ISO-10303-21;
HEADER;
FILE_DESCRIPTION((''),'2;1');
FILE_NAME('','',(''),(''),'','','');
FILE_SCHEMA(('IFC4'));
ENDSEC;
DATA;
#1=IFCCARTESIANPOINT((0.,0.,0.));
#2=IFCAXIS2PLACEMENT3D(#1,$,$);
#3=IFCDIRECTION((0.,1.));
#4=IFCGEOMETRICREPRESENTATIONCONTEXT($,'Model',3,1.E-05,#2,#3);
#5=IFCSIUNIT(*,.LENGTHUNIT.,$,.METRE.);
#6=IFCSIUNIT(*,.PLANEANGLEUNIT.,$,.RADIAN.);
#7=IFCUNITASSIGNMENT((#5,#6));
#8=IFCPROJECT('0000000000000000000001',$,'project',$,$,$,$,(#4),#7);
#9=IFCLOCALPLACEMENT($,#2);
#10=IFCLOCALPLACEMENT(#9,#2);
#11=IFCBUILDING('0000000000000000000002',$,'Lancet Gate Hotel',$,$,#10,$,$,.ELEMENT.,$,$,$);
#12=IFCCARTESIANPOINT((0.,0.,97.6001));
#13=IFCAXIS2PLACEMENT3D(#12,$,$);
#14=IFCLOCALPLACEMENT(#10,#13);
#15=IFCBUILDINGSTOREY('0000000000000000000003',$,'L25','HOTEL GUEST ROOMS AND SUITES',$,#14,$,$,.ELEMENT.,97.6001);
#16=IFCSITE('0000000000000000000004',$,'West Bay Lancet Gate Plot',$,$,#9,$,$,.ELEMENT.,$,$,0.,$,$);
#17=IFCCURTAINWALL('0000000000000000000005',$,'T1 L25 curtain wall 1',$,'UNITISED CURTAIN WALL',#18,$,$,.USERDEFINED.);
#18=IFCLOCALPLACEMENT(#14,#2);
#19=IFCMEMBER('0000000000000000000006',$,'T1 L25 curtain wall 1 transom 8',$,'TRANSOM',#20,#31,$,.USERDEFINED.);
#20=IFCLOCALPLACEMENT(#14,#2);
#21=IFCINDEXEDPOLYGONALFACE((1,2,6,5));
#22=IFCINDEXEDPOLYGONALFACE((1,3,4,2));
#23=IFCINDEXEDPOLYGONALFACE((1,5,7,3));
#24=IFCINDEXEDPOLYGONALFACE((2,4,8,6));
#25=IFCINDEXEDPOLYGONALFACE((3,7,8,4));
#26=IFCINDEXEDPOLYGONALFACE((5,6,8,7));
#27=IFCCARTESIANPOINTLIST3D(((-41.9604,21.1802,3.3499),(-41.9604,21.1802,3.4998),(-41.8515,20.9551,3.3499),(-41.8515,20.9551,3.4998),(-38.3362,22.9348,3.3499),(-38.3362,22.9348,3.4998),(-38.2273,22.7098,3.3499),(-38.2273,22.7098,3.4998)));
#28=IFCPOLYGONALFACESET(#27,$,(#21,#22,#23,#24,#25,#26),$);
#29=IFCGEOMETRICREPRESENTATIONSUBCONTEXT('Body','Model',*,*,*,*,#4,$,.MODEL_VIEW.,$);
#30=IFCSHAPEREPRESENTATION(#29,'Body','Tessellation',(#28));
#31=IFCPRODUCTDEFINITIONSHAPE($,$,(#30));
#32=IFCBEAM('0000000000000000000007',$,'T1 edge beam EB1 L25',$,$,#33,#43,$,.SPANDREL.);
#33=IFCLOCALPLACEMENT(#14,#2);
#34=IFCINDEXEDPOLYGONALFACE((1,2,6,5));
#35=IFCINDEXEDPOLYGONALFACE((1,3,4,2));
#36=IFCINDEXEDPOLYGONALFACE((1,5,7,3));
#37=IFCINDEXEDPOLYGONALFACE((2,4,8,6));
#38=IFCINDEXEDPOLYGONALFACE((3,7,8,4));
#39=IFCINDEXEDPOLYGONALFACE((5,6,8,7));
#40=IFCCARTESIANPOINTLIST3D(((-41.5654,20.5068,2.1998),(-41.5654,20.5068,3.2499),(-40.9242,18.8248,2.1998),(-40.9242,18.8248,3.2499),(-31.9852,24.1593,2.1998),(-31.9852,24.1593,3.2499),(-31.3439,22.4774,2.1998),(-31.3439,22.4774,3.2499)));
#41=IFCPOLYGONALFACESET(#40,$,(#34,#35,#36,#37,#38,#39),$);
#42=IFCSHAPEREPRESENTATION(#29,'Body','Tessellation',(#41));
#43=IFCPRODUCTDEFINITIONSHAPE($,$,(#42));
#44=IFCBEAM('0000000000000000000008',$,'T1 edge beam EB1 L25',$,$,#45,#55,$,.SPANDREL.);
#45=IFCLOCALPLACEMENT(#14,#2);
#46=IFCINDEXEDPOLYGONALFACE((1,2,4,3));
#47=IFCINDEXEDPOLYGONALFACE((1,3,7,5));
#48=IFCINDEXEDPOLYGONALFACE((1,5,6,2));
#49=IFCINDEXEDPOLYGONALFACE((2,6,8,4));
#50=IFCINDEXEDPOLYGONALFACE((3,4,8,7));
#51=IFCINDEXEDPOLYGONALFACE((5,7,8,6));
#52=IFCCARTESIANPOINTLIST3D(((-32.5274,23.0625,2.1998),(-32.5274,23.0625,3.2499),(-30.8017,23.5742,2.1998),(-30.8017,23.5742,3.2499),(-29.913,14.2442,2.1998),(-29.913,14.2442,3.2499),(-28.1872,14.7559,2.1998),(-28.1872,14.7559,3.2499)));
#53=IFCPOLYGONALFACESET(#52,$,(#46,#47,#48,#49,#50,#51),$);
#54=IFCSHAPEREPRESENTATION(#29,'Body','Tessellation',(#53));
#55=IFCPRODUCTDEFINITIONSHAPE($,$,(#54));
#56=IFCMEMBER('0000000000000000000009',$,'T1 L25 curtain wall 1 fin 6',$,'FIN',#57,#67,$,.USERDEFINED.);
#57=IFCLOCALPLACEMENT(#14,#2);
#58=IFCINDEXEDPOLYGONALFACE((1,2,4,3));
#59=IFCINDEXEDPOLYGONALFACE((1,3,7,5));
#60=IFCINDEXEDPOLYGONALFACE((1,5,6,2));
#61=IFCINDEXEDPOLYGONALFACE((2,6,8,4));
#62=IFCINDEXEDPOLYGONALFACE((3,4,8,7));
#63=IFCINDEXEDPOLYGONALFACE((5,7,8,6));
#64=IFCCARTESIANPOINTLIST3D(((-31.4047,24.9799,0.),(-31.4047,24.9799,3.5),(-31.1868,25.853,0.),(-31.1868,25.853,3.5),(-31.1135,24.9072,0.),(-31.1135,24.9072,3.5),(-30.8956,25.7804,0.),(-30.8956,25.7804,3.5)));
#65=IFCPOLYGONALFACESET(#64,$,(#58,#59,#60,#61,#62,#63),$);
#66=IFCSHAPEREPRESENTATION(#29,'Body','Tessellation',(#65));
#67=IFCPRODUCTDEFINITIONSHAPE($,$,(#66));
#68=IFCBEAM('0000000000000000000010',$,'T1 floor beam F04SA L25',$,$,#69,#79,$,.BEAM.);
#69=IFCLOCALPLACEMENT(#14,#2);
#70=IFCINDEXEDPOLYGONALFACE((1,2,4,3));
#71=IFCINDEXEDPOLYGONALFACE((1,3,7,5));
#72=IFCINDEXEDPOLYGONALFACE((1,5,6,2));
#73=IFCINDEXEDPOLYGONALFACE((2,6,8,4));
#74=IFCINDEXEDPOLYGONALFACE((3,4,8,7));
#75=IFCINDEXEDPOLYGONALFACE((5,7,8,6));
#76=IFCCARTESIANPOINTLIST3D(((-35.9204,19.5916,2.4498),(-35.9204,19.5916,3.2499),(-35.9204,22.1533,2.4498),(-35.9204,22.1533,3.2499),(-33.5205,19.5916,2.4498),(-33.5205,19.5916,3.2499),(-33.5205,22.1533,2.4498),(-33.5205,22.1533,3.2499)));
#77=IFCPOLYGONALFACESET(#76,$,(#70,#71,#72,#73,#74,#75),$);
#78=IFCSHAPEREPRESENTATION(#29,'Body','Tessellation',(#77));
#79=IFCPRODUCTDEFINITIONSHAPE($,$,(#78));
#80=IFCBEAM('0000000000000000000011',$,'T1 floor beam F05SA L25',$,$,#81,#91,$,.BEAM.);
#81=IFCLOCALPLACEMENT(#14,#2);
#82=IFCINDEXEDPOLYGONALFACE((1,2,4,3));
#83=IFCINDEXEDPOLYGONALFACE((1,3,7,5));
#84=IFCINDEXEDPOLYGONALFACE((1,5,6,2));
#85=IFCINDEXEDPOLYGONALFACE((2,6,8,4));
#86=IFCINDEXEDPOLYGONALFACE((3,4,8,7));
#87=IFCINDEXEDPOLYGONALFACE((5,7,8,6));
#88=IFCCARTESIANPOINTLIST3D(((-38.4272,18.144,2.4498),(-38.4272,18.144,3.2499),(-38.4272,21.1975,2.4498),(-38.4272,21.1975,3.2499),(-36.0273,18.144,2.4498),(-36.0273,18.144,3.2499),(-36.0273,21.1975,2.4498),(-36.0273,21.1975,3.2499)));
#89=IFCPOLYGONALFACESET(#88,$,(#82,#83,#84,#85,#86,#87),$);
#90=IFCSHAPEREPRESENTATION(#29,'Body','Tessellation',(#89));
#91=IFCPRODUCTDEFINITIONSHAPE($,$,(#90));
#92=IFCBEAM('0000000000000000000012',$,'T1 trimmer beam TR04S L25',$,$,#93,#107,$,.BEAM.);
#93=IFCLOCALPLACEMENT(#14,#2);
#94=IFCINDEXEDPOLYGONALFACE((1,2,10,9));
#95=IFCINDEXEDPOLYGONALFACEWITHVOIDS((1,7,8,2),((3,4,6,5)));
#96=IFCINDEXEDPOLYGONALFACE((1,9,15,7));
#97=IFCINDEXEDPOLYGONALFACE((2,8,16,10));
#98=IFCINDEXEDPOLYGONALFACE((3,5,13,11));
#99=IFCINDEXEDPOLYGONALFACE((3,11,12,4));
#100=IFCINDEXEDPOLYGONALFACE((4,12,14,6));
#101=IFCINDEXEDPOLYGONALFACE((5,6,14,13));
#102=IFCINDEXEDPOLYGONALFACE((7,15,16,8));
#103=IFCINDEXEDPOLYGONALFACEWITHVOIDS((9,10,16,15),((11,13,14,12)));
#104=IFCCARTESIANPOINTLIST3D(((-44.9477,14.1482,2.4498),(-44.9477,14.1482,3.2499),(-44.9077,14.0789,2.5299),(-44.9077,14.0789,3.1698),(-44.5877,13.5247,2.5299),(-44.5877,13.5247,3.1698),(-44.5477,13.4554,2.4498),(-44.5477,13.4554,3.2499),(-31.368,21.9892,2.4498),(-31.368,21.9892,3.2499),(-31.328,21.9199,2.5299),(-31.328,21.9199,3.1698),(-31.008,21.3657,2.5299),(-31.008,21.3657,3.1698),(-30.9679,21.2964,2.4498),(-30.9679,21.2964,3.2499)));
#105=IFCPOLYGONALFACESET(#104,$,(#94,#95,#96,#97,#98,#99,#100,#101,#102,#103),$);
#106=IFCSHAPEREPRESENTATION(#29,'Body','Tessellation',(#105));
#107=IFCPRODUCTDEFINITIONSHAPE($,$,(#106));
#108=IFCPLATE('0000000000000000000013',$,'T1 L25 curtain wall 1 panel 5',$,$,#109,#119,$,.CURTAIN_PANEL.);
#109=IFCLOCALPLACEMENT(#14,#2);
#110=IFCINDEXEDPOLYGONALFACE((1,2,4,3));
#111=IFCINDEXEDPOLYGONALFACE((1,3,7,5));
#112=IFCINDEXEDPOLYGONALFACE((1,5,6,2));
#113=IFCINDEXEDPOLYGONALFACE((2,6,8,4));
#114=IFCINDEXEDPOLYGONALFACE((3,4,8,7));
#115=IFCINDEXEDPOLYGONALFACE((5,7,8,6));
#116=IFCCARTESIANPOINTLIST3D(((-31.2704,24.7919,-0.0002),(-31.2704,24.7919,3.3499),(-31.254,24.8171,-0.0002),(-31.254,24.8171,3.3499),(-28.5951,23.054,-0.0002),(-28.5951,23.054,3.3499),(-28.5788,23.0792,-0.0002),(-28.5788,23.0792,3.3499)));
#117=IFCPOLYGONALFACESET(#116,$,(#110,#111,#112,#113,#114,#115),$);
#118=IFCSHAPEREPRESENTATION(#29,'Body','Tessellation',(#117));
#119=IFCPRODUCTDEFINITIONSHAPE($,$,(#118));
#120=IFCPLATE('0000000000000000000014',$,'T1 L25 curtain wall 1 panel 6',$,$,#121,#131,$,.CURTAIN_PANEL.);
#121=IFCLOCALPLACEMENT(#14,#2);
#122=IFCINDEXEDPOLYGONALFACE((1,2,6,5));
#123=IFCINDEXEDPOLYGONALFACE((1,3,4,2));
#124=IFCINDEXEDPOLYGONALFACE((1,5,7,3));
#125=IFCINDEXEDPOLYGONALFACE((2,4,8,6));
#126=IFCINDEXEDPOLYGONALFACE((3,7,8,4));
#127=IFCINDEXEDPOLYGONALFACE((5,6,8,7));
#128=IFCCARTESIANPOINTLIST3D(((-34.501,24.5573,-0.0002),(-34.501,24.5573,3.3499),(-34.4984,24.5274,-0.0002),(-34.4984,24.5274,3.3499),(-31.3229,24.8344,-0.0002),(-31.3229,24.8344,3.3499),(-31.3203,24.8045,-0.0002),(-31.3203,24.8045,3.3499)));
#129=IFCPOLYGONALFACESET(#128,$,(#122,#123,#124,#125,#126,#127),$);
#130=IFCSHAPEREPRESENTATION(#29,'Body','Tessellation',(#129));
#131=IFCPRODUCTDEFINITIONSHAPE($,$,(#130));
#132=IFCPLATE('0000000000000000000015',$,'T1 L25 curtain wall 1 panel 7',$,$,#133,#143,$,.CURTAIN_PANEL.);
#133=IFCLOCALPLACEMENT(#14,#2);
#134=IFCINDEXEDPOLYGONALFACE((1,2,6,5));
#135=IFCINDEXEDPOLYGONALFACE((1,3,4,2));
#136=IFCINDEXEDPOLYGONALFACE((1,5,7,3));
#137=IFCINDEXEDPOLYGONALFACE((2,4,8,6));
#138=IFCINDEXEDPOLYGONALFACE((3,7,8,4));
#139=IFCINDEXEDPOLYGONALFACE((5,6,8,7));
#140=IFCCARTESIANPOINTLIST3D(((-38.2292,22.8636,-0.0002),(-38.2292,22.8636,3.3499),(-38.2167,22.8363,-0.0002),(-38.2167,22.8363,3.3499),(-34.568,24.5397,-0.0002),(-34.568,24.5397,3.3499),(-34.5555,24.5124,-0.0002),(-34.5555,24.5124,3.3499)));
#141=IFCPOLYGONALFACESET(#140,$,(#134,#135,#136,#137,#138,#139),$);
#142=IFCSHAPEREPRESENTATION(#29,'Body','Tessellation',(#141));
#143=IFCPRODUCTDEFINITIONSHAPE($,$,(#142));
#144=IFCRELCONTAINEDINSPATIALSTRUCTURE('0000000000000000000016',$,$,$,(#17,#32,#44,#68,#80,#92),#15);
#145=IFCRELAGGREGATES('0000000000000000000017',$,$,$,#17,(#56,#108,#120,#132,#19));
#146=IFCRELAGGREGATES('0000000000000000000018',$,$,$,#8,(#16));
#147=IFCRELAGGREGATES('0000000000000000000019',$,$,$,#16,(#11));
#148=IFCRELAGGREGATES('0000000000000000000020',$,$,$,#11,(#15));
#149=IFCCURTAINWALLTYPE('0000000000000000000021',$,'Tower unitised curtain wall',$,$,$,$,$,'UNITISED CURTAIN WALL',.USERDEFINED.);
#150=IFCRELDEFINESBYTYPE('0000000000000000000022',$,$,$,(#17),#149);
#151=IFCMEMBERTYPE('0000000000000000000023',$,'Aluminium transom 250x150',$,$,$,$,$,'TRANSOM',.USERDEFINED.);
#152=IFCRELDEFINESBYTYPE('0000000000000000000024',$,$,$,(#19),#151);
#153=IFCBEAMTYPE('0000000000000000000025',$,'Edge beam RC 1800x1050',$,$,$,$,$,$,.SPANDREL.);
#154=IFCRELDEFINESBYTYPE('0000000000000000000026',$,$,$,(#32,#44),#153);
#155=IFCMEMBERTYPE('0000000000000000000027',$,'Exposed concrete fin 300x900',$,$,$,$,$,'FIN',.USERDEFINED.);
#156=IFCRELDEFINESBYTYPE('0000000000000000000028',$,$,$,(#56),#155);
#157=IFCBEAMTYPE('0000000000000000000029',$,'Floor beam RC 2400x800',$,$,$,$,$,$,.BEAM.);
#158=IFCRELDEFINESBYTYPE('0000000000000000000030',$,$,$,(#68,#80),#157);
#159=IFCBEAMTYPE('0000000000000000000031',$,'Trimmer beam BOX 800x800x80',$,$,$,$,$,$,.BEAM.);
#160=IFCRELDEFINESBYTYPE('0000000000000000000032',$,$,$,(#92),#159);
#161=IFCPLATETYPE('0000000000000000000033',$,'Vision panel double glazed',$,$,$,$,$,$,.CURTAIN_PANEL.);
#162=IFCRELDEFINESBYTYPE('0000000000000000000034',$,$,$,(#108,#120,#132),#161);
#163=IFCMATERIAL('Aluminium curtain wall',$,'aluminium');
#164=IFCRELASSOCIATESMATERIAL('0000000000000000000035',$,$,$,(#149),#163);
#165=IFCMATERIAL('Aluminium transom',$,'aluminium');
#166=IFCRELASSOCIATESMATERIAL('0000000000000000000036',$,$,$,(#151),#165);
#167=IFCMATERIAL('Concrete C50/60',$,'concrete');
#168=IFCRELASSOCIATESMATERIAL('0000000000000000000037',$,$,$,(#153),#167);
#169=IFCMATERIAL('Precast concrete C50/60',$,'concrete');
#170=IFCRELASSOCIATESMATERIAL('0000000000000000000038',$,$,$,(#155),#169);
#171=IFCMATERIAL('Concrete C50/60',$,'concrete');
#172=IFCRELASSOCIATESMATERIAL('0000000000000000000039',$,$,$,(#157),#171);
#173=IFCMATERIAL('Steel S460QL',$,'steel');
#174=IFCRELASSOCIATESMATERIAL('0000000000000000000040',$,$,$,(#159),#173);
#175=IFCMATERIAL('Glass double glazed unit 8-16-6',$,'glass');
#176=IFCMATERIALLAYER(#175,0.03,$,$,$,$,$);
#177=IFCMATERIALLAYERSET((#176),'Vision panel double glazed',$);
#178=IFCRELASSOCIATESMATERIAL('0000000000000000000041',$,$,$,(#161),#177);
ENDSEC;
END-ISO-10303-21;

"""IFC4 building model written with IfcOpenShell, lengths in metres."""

from ifc_helpers import new_model, si_unit, direction, frame, origin, origin_2d, place, context, subcontext, project, spatial, rectangle, hollow_rectangle, extrude, material, layer, layer_set, material_profile, profile_set, type_object, element, aggregate, save


model = new_model("IFC4")

# Units and contexts
model_context = context("Model", 3, precision=1e-05, world=origin(), true_north=direction((0.0, 1.0)))
body_context = subcontext(model_context, "Body", "Model", "MODEL_VIEW")
ifc_project = project(units=[si_unit("LENGTHUNIT", "METRE"), si_unit("PLANEANGLEUNIT", "RADIAN")], contexts=[model_context])

# Site, building, storey
site_placement = place(None, origin())
site = spatial("IfcSite", under=ifc_project, at=site_placement, Name="West Bay Lancet Gate Plot", CompositionType="ELEMENT", RefElevation=0.0)
building_placement = place(site_placement, origin())
building = spatial("IfcBuilding", under=site, at=building_placement, Name="Lancet Gate Hotel", CompositionType="ELEMENT")
storey_placement = place(building_placement, frame((0.0, 0.0, 97.6001)))
storey = spatial("IfcBuildingStorey", under=building, at=storey_placement, Name="L25", Description="HOTEL GUEST ROOMS AND SUITES", CompositionType="ELEMENT", Elevation=97.6001)

# Curtain wall, member
ifc_material_1 = material(Name="Aluminium curtain wall", Category="aluminium")
curtain_wall_type = type_object("IfcCurtainWallType", Name="Tower unitised curtain wall", ElementType="UNITISED CURTAIN WALL", PredefinedType="USERDEFINED", material=ifc_material_1)
curtain_wall_placement = place(storey_placement, origin())
curtain_wall = element("IfcCurtainWall", 1, at=curtain_wall_placement, inside=storey, type_object=curtain_wall_type, Name="T1 L25 curtain wall 1", ObjectType="UNITISED CURTAIN WALL", PredefinedType="USERDEFINED")
ifc_material_2 = material(Name="Aluminium transom", Category="aluminium")
ifc_material_profile_1 = material_profile(ifc_material_2, rectangle(XDim=0.25, YDim=0.1499, at=origin_2d()), Name="TRANSOM 250x150")
ifc_profile_set_1 = profile_set([ifc_material_profile_1], Name="Aluminium transom")
member_type_1 = type_object("IfcMemberType", Name="Aluminium transom 250x150", ElementType="TRANSOM", PredefinedType="USERDEFINED", material=ifc_profile_set_1)
member_1_placement = place(storey_placement, frame((-38.2817, 22.8223, 3.4248), z_axis=(-0.900066, -0.435754, 0.0), x_axis=(0.435754, -0.900066, 0.0)))
member_1 = element("IfcMember", 2, at=member_1_placement, type_object=member_type_1, Name="T1 L25 curtain wall 1 transom 8", ObjectType="TRANSOM", PredefinedType="USERDEFINED", context=body_context, shape_type="SweptSolid", body=[
    extrude(rectangle(XDim=0.25, YDim=0.1499, at=origin_2d()), origin(), (0.0, 0.0, 1.0), 4.0266),
])

# Beams
ifc_material_3 = material(Name="Concrete C50/60", Category="concrete")
ifc_material_profile_2 = material_profile(ifc_material_3, rectangle(XDim=1.8, YDim=1.05, at=origin_2d()), Name="RC 1800x1050")
ifc_profile_set_2 = profile_set([ifc_material_profile_2], Name="Concrete C50/60")
beam_type_1 = type_object("IfcBeamType", Name="Edge beam RC 1800x1050", PredefinedType="SPANDREL", material=ifc_profile_set_2)
beam_1_placement = place(storey_placement, frame((-31.6646, 23.3184, 2.7249), z_axis=(-0.934392, -0.356246, 0.0), x_axis=(0.356246, -0.934392, 0.0)))
element("IfcBeam", 3, at=beam_1_placement, inside=storey, type_object=beam_type_1, Name="T1 edge beam EB1 L25", PredefinedType="SPANDREL", context=body_context, shape_type="SweptSolid", body=[
    extrude(rectangle(XDim=1.8, YDim=1.05, at=origin_2d()), origin(), (0.0, 0.0, 1.0), 10.2529),
])
beam_2_placement = place(storey_placement, frame((-31.6646, 23.3184, 2.7249), z_axis=(0.284254, -0.958749, 0.0), x_axis=(0.958749, 0.284254, 0.0)))
element("IfcBeam", 4, at=beam_2_placement, inside=storey, type_object=beam_type_1, Name="T1 edge beam EB1 L25", PredefinedType="SPANDREL", context=body_context, shape_type="SweptSolid", body=[
    extrude(rectangle(XDim=1.8, YDim=1.05, at=origin_2d()), origin(), (0.0, 0.0, 1.0), 9.1978),
])

# Member
ifc_material_4 = material(Name="Precast concrete C50/60", Category="concrete")
ifc_material_profile_3 = material_profile(ifc_material_4, rectangle(XDim=0.3, YDim=0.8999, at=origin_2d()), Name="FIN 300x900")
ifc_profile_set_3 = profile_set([ifc_material_profile_3], Name="Precast concrete C50/60")
member_type_2 = type_object("IfcMemberType", Name="Exposed concrete fin 300x900", ElementType="FIN", PredefinedType="USERDEFINED", material=ifc_profile_set_3)
member_2_placement = place(storey_placement, frame((-31.1501, 25.3801, 0.0), z_axis=(0.0, 0.0, 1.0), x_axis=(-0.970242, 0.242137, 0.0)))
member_2 = element("IfcMember", 5, at=member_2_placement, type_object=member_type_2, Name="T1 L25 curtain wall 1 fin 6", ObjectType="FIN", PredefinedType="USERDEFINED", context=body_context, shape_type="SweptSolid", body=[
    extrude(rectangle(XDim=0.3, YDim=0.8999, at=origin_2d()), origin(), (0.0, 0.0, 1.0), 3.5),
])

# Beams
ifc_material_5 = material(Name="Concrete C50/60", Category="concrete")
ifc_material_profile_4 = material_profile(ifc_material_5, rectangle(XDim=2.3999, YDim=0.8, at=origin_2d()), Name="RC 2400x800")
ifc_profile_set_4 = profile_set([ifc_material_profile_4], Name="Concrete C50/60")
beam_type_2 = type_object("IfcBeamType", Name="Floor beam RC 2400x800", PredefinedType="BEAM", material=ifc_profile_set_4)
beam_3_placement = place(storey_placement, frame((-34.7205, 22.1533, 2.8499), z_axis=(0.0, -1.0, 0.0), x_axis=(1.0, 0.0, 0.0)))
element("IfcBeam", 6, at=beam_3_placement, inside=storey, type_object=beam_type_2, Name="T1 floor beam F04SA L25", PredefinedType="BEAM", context=body_context, shape_type="SweptSolid", body=[
    extrude(rectangle(XDim=2.3999, YDim=0.8, at=origin_2d()), origin(), (0.0, 0.0, 1.0), 2.5618),
])
beam_4_placement = place(storey_placement, frame((-37.2273, 21.1975, 2.8499), z_axis=(0.0, -1.0, 0.0), x_axis=(1.0, 0.0, 0.0)))
element("IfcBeam", 7, at=beam_4_placement, inside=storey, type_object=beam_type_2, Name="T1 floor beam F05SA L25", PredefinedType="BEAM", context=body_context, shape_type="SweptSolid", body=[
    extrude(rectangle(XDim=2.3999, YDim=0.8, at=origin_2d()), origin(), (0.0, 0.0, 1.0), 3.0535),
])
ifc_material_6 = material(Name="Steel S460QL", Category="steel")
ifc_material_profile_5 = material_profile(ifc_material_6, hollow_rectangle(XDim=0.8, YDim=0.8, WallThickness=0.0801, at=origin_2d()), Name="BOX 800x800x80")
ifc_profile_set_5 = profile_set([ifc_material_profile_5], Name="Steel S460QL")
beam_type_3 = type_object("IfcBeamType", Name="Trimmer beam BOX 800x800x80", PredefinedType="BEAM", material=ifc_profile_set_5)
beam_5_placement = place(storey_placement, frame((-31.168, 21.6428, 2.8499), z_axis=(-0.866005, -0.500036, 0.0), x_axis=(0.500036, -0.866005, 0.0)))
element("IfcBeam", 8, at=beam_5_placement, inside=storey, type_object=beam_type_3, Name="T1 trimmer beam TR04S L25", PredefinedType="BEAM", context=body_context, shape_type="SweptSolid", body=[
    extrude(hollow_rectangle(XDim=0.8, YDim=0.8, WallThickness=0.0801, at=origin_2d()), origin(), (0.0, 0.0, 1.0), 15.6809),
])

# Plates
ifc_material_7 = material(Name="Glass double glazed unit 8-16-6", Category="glass")
ifc_layer = layer(ifc_material_7, 0.03)
ifc_layer_set = layer_set([ifc_layer], Name="Vision panel double glazed")
plate_type = type_object("IfcPlateType", Name="Vision panel double glazed", PredefinedType="CURTAIN_PANEL", material=ifc_layer_set)
plate_1_placement = place(storey_placement, frame((-29.9246, 23.9355, -0.0002), z_axis=(0.0, 0.0, 1.0), x_axis=(-0.83858, 0.544778, 0.0)))
plate_1 = element("IfcPlate", 9, at=plate_1_placement, type_object=plate_type, Name="T1 L25 curtain wall 1 panel 5", PredefinedType="CURTAIN_PANEL", context=body_context, shape_type="SweptSolid", body=[
    extrude(rectangle(XDim=3.1902, YDim=0.03, at=origin_2d()), origin(), (0.0, 0.0, 1.0), 3.3501),
])
plate_2_placement = place(storey_placement, frame((-32.9106, 24.6809, -0.0002), z_axis=(0.0, 0.0, 1.0), x_axis=(-0.996219, -0.08688, 0.0)))
plate_2 = element("IfcPlate", 10, at=plate_2_placement, type_object=plate_type, Name="T1 L25 curtain wall 1 panel 6", PredefinedType="CURTAIN_PANEL", context=body_context, shape_type="SweptSolid", body=[
    extrude(rectangle(XDim=3.1902, YDim=0.03, at=origin_2d()), origin(), (0.0, 0.0, 1.0), 3.3501),
])
plate_3_placement = place(storey_placement, frame((-36.3923, 23.688, -0.0002), z_axis=(0.0, 0.0, 1.0), x_axis=(-0.909253, -0.416245, 0.0)))
plate_3 = element("IfcPlate", 11, at=plate_3_placement, type_object=plate_type, Name="T1 L25 curtain wall 1 panel 7", PredefinedType="CURTAIN_PANEL", context=body_context, shape_type="SweptSolid", body=[
    extrude(rectangle(XDim=4.0266, YDim=0.03, at=origin_2d()), origin(), (0.0, 0.0, 1.0), 3.3501),
])
aggregate(curtain_wall, [member_2, plate_1, plate_2, plate_3, member_1])

save(model, "model.ifc")
